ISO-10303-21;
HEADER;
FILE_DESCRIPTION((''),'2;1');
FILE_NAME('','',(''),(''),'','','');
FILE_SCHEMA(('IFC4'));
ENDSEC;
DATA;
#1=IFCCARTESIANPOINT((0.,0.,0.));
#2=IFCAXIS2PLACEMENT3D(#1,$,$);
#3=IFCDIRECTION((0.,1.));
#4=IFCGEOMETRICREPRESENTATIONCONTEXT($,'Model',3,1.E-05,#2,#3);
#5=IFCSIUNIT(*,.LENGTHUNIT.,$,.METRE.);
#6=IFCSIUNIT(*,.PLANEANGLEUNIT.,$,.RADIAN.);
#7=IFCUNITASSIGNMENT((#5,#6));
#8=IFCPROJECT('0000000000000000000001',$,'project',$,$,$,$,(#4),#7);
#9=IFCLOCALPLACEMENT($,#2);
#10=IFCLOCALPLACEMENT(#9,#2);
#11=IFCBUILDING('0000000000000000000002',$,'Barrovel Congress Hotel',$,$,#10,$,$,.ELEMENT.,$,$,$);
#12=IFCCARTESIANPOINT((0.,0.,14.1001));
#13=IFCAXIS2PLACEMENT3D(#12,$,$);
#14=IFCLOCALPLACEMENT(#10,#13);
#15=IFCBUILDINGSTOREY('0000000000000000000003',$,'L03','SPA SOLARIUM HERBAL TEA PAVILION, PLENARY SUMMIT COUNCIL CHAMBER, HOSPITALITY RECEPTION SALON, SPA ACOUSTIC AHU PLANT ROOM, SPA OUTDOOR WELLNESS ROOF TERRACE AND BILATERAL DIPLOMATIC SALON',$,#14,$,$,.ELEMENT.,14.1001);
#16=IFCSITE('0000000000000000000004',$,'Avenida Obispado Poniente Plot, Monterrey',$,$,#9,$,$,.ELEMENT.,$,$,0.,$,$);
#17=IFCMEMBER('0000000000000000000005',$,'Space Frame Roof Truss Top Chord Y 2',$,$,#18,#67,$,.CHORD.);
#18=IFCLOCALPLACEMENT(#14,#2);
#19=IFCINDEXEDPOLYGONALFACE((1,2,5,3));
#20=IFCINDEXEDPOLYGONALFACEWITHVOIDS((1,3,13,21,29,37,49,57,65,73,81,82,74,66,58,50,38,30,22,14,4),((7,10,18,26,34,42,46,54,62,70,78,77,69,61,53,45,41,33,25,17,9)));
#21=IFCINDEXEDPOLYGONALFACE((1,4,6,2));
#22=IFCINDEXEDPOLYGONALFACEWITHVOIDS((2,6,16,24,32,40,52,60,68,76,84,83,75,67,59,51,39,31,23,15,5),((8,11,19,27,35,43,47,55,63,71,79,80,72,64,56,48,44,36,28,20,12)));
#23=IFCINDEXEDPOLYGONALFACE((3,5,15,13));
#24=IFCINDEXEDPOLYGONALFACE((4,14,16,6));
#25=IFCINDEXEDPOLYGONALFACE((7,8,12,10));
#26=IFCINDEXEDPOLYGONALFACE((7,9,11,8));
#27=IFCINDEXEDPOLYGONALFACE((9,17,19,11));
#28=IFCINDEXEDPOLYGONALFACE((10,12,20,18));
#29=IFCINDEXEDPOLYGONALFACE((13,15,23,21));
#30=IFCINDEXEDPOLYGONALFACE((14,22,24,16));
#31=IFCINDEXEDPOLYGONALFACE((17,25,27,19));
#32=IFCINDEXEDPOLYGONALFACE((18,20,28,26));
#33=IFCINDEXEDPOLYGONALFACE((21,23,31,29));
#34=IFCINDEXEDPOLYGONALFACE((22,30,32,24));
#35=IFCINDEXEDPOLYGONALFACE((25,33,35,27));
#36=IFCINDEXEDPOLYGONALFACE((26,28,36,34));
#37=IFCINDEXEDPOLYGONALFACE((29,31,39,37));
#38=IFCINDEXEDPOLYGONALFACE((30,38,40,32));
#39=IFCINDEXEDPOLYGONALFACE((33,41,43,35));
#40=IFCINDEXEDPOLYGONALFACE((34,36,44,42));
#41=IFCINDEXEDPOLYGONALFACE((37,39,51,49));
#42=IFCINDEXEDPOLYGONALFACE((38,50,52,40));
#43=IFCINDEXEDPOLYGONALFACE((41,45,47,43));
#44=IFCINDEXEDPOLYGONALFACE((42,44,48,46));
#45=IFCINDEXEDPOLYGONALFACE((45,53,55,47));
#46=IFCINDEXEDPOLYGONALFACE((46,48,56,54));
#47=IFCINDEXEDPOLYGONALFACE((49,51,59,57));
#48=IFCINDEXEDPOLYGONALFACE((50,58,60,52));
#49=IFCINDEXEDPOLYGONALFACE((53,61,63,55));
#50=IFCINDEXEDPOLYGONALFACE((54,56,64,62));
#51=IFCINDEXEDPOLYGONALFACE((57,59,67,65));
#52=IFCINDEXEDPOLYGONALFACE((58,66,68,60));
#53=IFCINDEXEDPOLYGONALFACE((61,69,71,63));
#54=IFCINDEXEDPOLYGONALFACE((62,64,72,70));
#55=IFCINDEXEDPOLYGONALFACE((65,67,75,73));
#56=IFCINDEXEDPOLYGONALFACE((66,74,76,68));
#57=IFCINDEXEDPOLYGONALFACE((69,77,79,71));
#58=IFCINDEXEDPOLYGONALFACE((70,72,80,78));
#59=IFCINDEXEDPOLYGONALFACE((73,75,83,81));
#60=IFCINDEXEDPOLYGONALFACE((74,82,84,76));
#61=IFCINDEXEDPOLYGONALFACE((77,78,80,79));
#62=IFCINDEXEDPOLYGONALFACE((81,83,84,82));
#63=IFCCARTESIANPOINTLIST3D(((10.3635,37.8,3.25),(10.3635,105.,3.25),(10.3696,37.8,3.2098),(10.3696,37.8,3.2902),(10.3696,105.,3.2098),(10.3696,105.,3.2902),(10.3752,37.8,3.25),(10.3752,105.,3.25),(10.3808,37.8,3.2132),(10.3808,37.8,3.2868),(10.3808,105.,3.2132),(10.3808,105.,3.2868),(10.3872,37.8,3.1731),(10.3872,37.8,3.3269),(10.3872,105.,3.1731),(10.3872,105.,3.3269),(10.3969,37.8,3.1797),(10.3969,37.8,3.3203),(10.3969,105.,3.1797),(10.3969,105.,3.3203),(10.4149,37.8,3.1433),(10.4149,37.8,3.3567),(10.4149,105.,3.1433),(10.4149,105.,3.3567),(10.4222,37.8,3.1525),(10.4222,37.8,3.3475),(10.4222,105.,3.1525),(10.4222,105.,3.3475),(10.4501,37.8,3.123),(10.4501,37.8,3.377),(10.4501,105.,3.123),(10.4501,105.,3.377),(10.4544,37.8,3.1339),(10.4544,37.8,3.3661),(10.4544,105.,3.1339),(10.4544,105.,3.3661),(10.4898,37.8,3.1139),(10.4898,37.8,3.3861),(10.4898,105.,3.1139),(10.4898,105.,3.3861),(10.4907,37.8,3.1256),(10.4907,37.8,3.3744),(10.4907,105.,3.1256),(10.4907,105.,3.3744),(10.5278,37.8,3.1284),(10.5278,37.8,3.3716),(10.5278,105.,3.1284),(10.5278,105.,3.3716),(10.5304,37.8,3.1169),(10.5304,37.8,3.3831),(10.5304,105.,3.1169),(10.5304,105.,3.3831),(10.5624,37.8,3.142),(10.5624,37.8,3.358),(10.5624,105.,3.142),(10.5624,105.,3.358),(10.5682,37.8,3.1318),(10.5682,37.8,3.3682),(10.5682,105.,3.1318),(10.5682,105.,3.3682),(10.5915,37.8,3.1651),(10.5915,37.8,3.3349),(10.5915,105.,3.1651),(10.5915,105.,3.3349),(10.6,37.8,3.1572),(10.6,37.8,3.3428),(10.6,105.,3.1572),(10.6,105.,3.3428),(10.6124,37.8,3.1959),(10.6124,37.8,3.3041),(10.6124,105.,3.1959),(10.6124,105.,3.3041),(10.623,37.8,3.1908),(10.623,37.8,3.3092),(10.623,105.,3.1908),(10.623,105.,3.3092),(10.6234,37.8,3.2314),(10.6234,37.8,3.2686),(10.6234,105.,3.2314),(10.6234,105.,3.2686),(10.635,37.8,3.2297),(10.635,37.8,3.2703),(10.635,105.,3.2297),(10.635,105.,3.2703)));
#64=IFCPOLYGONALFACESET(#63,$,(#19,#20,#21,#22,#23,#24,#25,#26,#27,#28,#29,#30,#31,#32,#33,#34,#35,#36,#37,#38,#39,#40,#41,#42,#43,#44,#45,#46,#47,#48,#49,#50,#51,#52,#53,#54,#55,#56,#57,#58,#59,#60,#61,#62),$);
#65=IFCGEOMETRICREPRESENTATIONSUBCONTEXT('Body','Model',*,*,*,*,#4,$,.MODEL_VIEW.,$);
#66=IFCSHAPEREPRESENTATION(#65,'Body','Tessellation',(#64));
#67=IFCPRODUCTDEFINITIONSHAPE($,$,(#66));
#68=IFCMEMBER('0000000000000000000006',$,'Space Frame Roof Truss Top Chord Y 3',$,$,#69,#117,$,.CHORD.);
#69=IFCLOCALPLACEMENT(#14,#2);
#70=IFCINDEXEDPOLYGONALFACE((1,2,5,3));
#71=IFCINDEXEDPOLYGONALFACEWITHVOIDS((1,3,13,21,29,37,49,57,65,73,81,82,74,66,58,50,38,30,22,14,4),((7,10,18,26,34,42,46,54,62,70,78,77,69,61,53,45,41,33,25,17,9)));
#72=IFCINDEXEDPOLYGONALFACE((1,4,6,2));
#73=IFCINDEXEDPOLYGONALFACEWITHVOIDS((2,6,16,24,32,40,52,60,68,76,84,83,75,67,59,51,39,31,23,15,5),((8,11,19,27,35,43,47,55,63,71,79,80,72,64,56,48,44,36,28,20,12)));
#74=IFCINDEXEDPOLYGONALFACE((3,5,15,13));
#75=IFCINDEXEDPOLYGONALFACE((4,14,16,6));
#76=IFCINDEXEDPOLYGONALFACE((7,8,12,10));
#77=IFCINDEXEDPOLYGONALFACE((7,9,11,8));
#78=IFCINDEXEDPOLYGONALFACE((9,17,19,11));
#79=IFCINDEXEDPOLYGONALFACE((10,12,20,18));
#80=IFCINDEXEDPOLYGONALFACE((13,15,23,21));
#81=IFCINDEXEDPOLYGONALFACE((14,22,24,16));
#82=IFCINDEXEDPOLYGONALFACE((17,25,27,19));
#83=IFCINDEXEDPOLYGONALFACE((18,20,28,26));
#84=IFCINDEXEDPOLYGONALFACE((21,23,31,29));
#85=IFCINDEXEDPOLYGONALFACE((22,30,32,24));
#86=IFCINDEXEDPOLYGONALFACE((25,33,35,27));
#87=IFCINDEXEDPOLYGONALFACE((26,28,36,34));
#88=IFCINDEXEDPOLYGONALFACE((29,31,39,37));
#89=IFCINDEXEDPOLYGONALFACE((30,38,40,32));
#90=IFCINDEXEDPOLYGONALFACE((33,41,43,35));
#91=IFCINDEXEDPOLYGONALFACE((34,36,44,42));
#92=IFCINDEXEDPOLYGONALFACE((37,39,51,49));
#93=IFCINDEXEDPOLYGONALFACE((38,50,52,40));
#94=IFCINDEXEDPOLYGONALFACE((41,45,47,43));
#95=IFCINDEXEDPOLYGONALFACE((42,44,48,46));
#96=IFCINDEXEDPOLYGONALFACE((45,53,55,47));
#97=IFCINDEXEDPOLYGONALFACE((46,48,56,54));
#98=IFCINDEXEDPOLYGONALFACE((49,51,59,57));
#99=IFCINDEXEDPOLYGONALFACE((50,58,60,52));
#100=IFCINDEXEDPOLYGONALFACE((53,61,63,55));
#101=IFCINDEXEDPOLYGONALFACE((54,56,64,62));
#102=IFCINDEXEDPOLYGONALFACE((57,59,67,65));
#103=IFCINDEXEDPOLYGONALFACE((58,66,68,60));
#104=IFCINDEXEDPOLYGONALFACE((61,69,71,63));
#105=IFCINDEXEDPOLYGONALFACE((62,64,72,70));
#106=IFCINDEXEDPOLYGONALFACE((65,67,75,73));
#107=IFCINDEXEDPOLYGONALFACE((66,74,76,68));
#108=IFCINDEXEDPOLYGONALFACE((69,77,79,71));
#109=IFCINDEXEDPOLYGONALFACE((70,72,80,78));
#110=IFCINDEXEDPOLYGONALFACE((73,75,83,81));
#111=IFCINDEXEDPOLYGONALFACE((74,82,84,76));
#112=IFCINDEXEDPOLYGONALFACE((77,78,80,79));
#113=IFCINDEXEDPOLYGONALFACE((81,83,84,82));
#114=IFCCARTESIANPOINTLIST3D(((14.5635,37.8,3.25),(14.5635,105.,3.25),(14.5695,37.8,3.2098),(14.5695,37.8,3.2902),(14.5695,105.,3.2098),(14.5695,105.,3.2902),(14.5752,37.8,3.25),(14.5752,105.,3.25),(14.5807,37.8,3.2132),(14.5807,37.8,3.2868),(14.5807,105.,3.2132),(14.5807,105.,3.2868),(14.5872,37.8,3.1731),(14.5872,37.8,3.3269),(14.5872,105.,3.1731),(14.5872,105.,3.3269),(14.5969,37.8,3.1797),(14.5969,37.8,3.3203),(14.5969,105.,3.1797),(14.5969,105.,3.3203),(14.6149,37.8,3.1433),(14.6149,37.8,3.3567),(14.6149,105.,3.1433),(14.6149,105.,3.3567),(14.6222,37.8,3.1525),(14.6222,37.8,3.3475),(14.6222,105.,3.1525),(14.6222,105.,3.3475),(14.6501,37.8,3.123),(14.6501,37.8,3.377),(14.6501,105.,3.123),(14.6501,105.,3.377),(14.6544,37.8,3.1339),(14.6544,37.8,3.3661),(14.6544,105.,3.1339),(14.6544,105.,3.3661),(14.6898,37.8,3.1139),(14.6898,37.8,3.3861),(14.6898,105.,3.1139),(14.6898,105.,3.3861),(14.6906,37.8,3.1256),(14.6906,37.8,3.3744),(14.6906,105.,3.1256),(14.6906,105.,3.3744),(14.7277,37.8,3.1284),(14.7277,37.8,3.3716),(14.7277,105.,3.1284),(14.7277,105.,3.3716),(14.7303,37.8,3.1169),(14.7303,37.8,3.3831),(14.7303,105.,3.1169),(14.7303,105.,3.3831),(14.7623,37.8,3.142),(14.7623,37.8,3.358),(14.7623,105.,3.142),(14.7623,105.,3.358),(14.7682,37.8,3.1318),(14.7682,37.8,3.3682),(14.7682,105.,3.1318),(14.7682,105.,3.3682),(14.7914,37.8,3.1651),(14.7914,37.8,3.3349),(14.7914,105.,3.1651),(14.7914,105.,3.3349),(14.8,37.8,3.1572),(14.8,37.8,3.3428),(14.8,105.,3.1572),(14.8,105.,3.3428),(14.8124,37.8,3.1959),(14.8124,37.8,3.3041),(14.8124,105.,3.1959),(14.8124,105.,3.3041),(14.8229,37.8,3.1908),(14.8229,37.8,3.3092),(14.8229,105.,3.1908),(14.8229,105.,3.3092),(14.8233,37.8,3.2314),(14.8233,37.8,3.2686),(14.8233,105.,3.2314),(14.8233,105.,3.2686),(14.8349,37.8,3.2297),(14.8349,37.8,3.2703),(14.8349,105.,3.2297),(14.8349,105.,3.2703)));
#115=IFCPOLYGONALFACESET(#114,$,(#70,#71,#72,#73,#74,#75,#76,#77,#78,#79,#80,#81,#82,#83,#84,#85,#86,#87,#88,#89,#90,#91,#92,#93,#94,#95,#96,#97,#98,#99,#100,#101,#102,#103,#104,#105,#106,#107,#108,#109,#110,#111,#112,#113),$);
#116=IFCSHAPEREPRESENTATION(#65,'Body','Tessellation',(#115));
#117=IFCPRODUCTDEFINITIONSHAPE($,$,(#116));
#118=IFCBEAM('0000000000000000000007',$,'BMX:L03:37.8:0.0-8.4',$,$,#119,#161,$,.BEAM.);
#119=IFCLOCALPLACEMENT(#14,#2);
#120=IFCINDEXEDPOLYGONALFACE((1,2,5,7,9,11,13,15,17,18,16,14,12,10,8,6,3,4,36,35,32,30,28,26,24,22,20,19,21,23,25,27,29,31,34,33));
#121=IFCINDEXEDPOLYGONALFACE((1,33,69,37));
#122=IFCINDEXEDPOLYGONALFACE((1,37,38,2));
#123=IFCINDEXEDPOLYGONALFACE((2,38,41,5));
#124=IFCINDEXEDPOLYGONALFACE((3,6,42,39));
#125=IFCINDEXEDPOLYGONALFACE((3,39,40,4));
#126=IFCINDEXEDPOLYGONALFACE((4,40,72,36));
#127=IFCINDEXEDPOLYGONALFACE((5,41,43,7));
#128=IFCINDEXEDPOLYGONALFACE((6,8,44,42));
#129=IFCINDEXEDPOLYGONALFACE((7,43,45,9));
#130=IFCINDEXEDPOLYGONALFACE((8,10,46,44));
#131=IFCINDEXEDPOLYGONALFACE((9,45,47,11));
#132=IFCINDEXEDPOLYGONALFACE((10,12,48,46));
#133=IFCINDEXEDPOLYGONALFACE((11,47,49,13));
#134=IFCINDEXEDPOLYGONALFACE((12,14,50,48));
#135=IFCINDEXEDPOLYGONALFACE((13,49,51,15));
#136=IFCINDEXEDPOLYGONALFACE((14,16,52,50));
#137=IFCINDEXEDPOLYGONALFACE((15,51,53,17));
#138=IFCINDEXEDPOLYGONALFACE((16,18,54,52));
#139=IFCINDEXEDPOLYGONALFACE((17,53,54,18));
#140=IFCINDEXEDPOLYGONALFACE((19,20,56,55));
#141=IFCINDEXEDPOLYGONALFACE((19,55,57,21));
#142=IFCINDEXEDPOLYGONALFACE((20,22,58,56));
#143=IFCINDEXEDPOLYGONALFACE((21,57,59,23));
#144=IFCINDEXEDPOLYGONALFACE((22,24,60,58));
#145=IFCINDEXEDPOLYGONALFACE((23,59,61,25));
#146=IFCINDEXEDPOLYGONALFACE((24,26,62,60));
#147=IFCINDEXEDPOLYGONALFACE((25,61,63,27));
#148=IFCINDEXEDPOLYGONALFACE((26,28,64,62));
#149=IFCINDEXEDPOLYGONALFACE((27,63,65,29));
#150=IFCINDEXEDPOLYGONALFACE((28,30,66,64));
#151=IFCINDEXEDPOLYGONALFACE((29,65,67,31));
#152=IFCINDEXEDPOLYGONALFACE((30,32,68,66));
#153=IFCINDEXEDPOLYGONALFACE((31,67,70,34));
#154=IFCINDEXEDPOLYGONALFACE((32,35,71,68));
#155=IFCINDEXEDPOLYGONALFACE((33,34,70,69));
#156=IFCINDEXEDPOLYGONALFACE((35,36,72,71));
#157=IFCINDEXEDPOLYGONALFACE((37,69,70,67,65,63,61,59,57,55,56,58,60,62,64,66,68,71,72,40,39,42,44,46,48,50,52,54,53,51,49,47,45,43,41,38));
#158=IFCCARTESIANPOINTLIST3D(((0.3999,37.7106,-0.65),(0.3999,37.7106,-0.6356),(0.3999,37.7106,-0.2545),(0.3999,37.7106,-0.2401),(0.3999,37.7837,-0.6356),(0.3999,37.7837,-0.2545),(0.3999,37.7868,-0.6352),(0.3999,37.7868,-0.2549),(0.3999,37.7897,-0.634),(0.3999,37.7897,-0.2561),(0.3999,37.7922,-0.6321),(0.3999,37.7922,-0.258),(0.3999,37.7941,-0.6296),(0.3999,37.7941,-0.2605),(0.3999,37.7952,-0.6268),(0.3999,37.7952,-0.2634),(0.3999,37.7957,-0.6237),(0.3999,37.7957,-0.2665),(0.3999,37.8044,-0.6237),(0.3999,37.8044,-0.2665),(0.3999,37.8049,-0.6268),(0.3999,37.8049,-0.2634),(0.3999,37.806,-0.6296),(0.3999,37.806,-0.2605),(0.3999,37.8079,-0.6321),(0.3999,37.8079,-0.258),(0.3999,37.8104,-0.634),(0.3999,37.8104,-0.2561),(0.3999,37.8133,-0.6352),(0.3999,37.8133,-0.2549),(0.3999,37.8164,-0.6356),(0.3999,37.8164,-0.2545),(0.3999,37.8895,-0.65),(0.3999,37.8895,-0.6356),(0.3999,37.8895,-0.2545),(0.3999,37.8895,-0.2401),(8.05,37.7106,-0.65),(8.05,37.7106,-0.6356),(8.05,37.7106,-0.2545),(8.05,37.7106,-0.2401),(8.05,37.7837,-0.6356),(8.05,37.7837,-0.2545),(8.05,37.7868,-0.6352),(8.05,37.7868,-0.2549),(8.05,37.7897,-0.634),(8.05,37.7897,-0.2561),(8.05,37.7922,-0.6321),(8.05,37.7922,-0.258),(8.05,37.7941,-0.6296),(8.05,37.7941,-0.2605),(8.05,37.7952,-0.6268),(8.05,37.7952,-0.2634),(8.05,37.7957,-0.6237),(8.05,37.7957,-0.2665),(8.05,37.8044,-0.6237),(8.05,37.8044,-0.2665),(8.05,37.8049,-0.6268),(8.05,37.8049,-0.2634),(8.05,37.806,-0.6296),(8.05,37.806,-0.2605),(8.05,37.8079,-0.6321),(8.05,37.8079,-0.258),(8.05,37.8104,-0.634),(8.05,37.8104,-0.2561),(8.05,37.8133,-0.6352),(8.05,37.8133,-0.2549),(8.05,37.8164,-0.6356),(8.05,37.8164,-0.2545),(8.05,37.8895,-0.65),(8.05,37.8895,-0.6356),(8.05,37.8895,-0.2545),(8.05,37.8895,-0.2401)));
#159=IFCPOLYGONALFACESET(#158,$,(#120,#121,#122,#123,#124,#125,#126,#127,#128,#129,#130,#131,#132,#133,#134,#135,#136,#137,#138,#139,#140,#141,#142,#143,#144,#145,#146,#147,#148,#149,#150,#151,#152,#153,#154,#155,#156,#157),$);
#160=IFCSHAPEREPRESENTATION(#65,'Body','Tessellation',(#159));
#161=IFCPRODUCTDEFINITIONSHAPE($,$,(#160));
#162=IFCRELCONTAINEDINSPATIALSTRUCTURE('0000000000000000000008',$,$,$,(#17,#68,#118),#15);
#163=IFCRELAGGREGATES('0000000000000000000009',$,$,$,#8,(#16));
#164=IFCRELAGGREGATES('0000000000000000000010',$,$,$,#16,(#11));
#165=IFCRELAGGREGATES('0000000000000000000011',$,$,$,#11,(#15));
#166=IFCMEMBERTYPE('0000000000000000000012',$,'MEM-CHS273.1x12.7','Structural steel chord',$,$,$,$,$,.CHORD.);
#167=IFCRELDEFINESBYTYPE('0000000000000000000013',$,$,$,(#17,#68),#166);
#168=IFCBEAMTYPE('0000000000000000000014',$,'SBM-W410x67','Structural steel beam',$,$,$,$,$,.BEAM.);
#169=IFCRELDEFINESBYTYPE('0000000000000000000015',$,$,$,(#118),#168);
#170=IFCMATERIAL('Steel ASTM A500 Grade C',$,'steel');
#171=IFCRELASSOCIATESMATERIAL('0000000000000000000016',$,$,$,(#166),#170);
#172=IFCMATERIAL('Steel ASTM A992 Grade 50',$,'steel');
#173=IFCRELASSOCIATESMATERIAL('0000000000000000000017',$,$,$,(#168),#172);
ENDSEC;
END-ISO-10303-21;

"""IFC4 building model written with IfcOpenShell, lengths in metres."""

from ifc_helpers import new_model, si_unit, direction, frame, origin, origin_2d, place, context, subcontext, project, spatial, hollow_circle, i_section, extrude, material, material_profile, profile_set, type_object, element, save


model = new_model("IFC4")

# Units and contexts
model_context = context("Model", 3, precision=1e-05, world=origin(), true_north=direction((0.0, 1.0)))
body_context = subcontext(model_context, "Body", "Model", "MODEL_VIEW")
ifc_project = project(units=[si_unit("LENGTHUNIT", "METRE"), si_unit("PLANEANGLEUNIT", "RADIAN")], contexts=[model_context])

# Site, building, storey
site_placement = place(None, origin())
site = spatial("IfcSite", under=ifc_project, at=site_placement, Name="Avenida Obispado Poniente Plot, Monterrey", CompositionType="ELEMENT", RefElevation=0.0)
building_placement = place(site_placement, origin())
building = spatial("IfcBuilding", under=site, at=building_placement, Name="Barrovel Congress Hotel", CompositionType="ELEMENT")
storey_placement = place(building_placement, frame((0.0, 0.0, 14.1001)))
storey = spatial("IfcBuildingStorey", under=building, at=storey_placement, Name="L03", Description="SPA SOLARIUM HERBAL TEA PAVILION, PLENARY SUMMIT COUNCIL CHAMBER, HOSPITALITY RECEPTION SALON, SPA ACOUSTIC AHU PLANT ROOM, SPA OUTDOOR WELLNESS ROOF TERRACE AND BILATERAL DIPLOMATIC SALON", CompositionType="ELEMENT", Elevation=14.1001)

# Members
ifc_material_1 = material(Name="Steel ASTM A500 Grade C", Category="steel")
ifc_material_profile_1 = material_profile(ifc_material_1, hollow_circle(Radius=0.1365, WallThickness=0.0117, at=origin_2d()), Name="CHS273.1x12.7")
ifc_profile_set_1 = profile_set([ifc_material_profile_1], Name="Steel ASTM A500 Grade C")
member_type_1 = type_object("IfcMemberType", Name="MEM-CHS273.1x12.7", Description="Structural steel chord", PredefinedType="CHORD", material=ifc_profile_set_1)
for number, where, z_axis, x_axis, name in (
    (1, (10.5, 37.8, 3.25), (0.0, 1.0, 0.0), (-1.0, 0.0, 0.0), "Space Frame Roof Truss Top Chord Y 2"),
    (2, (14.7, 37.8, 3.25), (0.0, 1.0, 0.0), (-1.0, 0.0, 0.0), "Space Frame Roof Truss Top Chord Y 3"),
):
    element("IfcMember", number, at=place(storey_placement, frame(where, z_axis=z_axis, x_axis=x_axis)), inside=storey, type_object=member_type_1, Name=name, PredefinedType="CHORD", context=body_context, shape_type="SweptSolid", body=[
        extrude(hollow_circle(Radius=0.1365, WallThickness=0.0117, at=origin_2d()), origin(), (0.0, 0.0, 1.0), 67.2),
    ])

# Beam
ifc_material_2 = material(Name="Steel ASTM A992 Grade 50", Category="steel")
ifc_material_profile_2 = material_profile(ifc_material_2, i_section(OverallWidth=0.179, OverallDepth=0.4099, WebThickness=0.0088, FlangeThickness=0.0144, FilletRadius=0.012, at=origin_2d()), Name="W410x67")
ifc_profile_set_2 = profile_set([ifc_material_profile_2], Name="Steel ASTM A992 Grade 50")
beam_type_1 = type_object("IfcBeamType", Name="SBM-W410x67", Description="Structural steel beam", PredefinedType="BEAM", material=ifc_profile_set_2)
beam_1_placement = place(storey_placement, frame((0.3999, 37.8, -0.4451), z_axis=(1.0, 0.0, 0.0), x_axis=(0.0, 1.0, 0.0)))
element("IfcBeam", 3, at=beam_1_placement, inside=storey, type_object=beam_type_1, Name="BMX:L03:37.8:0.0-8.4", PredefinedType="BEAM", context=body_context, shape_type="SweptSolid", body=[
    extrude(i_section(OverallWidth=0.179, OverallDepth=0.4099, WebThickness=0.0088, FlangeThickness=0.0144, FilletRadius=0.012, at=origin_2d()), origin(), (0.0, 0.0, 1.0), 7.6501),
])

save(model, "model.ifc")
